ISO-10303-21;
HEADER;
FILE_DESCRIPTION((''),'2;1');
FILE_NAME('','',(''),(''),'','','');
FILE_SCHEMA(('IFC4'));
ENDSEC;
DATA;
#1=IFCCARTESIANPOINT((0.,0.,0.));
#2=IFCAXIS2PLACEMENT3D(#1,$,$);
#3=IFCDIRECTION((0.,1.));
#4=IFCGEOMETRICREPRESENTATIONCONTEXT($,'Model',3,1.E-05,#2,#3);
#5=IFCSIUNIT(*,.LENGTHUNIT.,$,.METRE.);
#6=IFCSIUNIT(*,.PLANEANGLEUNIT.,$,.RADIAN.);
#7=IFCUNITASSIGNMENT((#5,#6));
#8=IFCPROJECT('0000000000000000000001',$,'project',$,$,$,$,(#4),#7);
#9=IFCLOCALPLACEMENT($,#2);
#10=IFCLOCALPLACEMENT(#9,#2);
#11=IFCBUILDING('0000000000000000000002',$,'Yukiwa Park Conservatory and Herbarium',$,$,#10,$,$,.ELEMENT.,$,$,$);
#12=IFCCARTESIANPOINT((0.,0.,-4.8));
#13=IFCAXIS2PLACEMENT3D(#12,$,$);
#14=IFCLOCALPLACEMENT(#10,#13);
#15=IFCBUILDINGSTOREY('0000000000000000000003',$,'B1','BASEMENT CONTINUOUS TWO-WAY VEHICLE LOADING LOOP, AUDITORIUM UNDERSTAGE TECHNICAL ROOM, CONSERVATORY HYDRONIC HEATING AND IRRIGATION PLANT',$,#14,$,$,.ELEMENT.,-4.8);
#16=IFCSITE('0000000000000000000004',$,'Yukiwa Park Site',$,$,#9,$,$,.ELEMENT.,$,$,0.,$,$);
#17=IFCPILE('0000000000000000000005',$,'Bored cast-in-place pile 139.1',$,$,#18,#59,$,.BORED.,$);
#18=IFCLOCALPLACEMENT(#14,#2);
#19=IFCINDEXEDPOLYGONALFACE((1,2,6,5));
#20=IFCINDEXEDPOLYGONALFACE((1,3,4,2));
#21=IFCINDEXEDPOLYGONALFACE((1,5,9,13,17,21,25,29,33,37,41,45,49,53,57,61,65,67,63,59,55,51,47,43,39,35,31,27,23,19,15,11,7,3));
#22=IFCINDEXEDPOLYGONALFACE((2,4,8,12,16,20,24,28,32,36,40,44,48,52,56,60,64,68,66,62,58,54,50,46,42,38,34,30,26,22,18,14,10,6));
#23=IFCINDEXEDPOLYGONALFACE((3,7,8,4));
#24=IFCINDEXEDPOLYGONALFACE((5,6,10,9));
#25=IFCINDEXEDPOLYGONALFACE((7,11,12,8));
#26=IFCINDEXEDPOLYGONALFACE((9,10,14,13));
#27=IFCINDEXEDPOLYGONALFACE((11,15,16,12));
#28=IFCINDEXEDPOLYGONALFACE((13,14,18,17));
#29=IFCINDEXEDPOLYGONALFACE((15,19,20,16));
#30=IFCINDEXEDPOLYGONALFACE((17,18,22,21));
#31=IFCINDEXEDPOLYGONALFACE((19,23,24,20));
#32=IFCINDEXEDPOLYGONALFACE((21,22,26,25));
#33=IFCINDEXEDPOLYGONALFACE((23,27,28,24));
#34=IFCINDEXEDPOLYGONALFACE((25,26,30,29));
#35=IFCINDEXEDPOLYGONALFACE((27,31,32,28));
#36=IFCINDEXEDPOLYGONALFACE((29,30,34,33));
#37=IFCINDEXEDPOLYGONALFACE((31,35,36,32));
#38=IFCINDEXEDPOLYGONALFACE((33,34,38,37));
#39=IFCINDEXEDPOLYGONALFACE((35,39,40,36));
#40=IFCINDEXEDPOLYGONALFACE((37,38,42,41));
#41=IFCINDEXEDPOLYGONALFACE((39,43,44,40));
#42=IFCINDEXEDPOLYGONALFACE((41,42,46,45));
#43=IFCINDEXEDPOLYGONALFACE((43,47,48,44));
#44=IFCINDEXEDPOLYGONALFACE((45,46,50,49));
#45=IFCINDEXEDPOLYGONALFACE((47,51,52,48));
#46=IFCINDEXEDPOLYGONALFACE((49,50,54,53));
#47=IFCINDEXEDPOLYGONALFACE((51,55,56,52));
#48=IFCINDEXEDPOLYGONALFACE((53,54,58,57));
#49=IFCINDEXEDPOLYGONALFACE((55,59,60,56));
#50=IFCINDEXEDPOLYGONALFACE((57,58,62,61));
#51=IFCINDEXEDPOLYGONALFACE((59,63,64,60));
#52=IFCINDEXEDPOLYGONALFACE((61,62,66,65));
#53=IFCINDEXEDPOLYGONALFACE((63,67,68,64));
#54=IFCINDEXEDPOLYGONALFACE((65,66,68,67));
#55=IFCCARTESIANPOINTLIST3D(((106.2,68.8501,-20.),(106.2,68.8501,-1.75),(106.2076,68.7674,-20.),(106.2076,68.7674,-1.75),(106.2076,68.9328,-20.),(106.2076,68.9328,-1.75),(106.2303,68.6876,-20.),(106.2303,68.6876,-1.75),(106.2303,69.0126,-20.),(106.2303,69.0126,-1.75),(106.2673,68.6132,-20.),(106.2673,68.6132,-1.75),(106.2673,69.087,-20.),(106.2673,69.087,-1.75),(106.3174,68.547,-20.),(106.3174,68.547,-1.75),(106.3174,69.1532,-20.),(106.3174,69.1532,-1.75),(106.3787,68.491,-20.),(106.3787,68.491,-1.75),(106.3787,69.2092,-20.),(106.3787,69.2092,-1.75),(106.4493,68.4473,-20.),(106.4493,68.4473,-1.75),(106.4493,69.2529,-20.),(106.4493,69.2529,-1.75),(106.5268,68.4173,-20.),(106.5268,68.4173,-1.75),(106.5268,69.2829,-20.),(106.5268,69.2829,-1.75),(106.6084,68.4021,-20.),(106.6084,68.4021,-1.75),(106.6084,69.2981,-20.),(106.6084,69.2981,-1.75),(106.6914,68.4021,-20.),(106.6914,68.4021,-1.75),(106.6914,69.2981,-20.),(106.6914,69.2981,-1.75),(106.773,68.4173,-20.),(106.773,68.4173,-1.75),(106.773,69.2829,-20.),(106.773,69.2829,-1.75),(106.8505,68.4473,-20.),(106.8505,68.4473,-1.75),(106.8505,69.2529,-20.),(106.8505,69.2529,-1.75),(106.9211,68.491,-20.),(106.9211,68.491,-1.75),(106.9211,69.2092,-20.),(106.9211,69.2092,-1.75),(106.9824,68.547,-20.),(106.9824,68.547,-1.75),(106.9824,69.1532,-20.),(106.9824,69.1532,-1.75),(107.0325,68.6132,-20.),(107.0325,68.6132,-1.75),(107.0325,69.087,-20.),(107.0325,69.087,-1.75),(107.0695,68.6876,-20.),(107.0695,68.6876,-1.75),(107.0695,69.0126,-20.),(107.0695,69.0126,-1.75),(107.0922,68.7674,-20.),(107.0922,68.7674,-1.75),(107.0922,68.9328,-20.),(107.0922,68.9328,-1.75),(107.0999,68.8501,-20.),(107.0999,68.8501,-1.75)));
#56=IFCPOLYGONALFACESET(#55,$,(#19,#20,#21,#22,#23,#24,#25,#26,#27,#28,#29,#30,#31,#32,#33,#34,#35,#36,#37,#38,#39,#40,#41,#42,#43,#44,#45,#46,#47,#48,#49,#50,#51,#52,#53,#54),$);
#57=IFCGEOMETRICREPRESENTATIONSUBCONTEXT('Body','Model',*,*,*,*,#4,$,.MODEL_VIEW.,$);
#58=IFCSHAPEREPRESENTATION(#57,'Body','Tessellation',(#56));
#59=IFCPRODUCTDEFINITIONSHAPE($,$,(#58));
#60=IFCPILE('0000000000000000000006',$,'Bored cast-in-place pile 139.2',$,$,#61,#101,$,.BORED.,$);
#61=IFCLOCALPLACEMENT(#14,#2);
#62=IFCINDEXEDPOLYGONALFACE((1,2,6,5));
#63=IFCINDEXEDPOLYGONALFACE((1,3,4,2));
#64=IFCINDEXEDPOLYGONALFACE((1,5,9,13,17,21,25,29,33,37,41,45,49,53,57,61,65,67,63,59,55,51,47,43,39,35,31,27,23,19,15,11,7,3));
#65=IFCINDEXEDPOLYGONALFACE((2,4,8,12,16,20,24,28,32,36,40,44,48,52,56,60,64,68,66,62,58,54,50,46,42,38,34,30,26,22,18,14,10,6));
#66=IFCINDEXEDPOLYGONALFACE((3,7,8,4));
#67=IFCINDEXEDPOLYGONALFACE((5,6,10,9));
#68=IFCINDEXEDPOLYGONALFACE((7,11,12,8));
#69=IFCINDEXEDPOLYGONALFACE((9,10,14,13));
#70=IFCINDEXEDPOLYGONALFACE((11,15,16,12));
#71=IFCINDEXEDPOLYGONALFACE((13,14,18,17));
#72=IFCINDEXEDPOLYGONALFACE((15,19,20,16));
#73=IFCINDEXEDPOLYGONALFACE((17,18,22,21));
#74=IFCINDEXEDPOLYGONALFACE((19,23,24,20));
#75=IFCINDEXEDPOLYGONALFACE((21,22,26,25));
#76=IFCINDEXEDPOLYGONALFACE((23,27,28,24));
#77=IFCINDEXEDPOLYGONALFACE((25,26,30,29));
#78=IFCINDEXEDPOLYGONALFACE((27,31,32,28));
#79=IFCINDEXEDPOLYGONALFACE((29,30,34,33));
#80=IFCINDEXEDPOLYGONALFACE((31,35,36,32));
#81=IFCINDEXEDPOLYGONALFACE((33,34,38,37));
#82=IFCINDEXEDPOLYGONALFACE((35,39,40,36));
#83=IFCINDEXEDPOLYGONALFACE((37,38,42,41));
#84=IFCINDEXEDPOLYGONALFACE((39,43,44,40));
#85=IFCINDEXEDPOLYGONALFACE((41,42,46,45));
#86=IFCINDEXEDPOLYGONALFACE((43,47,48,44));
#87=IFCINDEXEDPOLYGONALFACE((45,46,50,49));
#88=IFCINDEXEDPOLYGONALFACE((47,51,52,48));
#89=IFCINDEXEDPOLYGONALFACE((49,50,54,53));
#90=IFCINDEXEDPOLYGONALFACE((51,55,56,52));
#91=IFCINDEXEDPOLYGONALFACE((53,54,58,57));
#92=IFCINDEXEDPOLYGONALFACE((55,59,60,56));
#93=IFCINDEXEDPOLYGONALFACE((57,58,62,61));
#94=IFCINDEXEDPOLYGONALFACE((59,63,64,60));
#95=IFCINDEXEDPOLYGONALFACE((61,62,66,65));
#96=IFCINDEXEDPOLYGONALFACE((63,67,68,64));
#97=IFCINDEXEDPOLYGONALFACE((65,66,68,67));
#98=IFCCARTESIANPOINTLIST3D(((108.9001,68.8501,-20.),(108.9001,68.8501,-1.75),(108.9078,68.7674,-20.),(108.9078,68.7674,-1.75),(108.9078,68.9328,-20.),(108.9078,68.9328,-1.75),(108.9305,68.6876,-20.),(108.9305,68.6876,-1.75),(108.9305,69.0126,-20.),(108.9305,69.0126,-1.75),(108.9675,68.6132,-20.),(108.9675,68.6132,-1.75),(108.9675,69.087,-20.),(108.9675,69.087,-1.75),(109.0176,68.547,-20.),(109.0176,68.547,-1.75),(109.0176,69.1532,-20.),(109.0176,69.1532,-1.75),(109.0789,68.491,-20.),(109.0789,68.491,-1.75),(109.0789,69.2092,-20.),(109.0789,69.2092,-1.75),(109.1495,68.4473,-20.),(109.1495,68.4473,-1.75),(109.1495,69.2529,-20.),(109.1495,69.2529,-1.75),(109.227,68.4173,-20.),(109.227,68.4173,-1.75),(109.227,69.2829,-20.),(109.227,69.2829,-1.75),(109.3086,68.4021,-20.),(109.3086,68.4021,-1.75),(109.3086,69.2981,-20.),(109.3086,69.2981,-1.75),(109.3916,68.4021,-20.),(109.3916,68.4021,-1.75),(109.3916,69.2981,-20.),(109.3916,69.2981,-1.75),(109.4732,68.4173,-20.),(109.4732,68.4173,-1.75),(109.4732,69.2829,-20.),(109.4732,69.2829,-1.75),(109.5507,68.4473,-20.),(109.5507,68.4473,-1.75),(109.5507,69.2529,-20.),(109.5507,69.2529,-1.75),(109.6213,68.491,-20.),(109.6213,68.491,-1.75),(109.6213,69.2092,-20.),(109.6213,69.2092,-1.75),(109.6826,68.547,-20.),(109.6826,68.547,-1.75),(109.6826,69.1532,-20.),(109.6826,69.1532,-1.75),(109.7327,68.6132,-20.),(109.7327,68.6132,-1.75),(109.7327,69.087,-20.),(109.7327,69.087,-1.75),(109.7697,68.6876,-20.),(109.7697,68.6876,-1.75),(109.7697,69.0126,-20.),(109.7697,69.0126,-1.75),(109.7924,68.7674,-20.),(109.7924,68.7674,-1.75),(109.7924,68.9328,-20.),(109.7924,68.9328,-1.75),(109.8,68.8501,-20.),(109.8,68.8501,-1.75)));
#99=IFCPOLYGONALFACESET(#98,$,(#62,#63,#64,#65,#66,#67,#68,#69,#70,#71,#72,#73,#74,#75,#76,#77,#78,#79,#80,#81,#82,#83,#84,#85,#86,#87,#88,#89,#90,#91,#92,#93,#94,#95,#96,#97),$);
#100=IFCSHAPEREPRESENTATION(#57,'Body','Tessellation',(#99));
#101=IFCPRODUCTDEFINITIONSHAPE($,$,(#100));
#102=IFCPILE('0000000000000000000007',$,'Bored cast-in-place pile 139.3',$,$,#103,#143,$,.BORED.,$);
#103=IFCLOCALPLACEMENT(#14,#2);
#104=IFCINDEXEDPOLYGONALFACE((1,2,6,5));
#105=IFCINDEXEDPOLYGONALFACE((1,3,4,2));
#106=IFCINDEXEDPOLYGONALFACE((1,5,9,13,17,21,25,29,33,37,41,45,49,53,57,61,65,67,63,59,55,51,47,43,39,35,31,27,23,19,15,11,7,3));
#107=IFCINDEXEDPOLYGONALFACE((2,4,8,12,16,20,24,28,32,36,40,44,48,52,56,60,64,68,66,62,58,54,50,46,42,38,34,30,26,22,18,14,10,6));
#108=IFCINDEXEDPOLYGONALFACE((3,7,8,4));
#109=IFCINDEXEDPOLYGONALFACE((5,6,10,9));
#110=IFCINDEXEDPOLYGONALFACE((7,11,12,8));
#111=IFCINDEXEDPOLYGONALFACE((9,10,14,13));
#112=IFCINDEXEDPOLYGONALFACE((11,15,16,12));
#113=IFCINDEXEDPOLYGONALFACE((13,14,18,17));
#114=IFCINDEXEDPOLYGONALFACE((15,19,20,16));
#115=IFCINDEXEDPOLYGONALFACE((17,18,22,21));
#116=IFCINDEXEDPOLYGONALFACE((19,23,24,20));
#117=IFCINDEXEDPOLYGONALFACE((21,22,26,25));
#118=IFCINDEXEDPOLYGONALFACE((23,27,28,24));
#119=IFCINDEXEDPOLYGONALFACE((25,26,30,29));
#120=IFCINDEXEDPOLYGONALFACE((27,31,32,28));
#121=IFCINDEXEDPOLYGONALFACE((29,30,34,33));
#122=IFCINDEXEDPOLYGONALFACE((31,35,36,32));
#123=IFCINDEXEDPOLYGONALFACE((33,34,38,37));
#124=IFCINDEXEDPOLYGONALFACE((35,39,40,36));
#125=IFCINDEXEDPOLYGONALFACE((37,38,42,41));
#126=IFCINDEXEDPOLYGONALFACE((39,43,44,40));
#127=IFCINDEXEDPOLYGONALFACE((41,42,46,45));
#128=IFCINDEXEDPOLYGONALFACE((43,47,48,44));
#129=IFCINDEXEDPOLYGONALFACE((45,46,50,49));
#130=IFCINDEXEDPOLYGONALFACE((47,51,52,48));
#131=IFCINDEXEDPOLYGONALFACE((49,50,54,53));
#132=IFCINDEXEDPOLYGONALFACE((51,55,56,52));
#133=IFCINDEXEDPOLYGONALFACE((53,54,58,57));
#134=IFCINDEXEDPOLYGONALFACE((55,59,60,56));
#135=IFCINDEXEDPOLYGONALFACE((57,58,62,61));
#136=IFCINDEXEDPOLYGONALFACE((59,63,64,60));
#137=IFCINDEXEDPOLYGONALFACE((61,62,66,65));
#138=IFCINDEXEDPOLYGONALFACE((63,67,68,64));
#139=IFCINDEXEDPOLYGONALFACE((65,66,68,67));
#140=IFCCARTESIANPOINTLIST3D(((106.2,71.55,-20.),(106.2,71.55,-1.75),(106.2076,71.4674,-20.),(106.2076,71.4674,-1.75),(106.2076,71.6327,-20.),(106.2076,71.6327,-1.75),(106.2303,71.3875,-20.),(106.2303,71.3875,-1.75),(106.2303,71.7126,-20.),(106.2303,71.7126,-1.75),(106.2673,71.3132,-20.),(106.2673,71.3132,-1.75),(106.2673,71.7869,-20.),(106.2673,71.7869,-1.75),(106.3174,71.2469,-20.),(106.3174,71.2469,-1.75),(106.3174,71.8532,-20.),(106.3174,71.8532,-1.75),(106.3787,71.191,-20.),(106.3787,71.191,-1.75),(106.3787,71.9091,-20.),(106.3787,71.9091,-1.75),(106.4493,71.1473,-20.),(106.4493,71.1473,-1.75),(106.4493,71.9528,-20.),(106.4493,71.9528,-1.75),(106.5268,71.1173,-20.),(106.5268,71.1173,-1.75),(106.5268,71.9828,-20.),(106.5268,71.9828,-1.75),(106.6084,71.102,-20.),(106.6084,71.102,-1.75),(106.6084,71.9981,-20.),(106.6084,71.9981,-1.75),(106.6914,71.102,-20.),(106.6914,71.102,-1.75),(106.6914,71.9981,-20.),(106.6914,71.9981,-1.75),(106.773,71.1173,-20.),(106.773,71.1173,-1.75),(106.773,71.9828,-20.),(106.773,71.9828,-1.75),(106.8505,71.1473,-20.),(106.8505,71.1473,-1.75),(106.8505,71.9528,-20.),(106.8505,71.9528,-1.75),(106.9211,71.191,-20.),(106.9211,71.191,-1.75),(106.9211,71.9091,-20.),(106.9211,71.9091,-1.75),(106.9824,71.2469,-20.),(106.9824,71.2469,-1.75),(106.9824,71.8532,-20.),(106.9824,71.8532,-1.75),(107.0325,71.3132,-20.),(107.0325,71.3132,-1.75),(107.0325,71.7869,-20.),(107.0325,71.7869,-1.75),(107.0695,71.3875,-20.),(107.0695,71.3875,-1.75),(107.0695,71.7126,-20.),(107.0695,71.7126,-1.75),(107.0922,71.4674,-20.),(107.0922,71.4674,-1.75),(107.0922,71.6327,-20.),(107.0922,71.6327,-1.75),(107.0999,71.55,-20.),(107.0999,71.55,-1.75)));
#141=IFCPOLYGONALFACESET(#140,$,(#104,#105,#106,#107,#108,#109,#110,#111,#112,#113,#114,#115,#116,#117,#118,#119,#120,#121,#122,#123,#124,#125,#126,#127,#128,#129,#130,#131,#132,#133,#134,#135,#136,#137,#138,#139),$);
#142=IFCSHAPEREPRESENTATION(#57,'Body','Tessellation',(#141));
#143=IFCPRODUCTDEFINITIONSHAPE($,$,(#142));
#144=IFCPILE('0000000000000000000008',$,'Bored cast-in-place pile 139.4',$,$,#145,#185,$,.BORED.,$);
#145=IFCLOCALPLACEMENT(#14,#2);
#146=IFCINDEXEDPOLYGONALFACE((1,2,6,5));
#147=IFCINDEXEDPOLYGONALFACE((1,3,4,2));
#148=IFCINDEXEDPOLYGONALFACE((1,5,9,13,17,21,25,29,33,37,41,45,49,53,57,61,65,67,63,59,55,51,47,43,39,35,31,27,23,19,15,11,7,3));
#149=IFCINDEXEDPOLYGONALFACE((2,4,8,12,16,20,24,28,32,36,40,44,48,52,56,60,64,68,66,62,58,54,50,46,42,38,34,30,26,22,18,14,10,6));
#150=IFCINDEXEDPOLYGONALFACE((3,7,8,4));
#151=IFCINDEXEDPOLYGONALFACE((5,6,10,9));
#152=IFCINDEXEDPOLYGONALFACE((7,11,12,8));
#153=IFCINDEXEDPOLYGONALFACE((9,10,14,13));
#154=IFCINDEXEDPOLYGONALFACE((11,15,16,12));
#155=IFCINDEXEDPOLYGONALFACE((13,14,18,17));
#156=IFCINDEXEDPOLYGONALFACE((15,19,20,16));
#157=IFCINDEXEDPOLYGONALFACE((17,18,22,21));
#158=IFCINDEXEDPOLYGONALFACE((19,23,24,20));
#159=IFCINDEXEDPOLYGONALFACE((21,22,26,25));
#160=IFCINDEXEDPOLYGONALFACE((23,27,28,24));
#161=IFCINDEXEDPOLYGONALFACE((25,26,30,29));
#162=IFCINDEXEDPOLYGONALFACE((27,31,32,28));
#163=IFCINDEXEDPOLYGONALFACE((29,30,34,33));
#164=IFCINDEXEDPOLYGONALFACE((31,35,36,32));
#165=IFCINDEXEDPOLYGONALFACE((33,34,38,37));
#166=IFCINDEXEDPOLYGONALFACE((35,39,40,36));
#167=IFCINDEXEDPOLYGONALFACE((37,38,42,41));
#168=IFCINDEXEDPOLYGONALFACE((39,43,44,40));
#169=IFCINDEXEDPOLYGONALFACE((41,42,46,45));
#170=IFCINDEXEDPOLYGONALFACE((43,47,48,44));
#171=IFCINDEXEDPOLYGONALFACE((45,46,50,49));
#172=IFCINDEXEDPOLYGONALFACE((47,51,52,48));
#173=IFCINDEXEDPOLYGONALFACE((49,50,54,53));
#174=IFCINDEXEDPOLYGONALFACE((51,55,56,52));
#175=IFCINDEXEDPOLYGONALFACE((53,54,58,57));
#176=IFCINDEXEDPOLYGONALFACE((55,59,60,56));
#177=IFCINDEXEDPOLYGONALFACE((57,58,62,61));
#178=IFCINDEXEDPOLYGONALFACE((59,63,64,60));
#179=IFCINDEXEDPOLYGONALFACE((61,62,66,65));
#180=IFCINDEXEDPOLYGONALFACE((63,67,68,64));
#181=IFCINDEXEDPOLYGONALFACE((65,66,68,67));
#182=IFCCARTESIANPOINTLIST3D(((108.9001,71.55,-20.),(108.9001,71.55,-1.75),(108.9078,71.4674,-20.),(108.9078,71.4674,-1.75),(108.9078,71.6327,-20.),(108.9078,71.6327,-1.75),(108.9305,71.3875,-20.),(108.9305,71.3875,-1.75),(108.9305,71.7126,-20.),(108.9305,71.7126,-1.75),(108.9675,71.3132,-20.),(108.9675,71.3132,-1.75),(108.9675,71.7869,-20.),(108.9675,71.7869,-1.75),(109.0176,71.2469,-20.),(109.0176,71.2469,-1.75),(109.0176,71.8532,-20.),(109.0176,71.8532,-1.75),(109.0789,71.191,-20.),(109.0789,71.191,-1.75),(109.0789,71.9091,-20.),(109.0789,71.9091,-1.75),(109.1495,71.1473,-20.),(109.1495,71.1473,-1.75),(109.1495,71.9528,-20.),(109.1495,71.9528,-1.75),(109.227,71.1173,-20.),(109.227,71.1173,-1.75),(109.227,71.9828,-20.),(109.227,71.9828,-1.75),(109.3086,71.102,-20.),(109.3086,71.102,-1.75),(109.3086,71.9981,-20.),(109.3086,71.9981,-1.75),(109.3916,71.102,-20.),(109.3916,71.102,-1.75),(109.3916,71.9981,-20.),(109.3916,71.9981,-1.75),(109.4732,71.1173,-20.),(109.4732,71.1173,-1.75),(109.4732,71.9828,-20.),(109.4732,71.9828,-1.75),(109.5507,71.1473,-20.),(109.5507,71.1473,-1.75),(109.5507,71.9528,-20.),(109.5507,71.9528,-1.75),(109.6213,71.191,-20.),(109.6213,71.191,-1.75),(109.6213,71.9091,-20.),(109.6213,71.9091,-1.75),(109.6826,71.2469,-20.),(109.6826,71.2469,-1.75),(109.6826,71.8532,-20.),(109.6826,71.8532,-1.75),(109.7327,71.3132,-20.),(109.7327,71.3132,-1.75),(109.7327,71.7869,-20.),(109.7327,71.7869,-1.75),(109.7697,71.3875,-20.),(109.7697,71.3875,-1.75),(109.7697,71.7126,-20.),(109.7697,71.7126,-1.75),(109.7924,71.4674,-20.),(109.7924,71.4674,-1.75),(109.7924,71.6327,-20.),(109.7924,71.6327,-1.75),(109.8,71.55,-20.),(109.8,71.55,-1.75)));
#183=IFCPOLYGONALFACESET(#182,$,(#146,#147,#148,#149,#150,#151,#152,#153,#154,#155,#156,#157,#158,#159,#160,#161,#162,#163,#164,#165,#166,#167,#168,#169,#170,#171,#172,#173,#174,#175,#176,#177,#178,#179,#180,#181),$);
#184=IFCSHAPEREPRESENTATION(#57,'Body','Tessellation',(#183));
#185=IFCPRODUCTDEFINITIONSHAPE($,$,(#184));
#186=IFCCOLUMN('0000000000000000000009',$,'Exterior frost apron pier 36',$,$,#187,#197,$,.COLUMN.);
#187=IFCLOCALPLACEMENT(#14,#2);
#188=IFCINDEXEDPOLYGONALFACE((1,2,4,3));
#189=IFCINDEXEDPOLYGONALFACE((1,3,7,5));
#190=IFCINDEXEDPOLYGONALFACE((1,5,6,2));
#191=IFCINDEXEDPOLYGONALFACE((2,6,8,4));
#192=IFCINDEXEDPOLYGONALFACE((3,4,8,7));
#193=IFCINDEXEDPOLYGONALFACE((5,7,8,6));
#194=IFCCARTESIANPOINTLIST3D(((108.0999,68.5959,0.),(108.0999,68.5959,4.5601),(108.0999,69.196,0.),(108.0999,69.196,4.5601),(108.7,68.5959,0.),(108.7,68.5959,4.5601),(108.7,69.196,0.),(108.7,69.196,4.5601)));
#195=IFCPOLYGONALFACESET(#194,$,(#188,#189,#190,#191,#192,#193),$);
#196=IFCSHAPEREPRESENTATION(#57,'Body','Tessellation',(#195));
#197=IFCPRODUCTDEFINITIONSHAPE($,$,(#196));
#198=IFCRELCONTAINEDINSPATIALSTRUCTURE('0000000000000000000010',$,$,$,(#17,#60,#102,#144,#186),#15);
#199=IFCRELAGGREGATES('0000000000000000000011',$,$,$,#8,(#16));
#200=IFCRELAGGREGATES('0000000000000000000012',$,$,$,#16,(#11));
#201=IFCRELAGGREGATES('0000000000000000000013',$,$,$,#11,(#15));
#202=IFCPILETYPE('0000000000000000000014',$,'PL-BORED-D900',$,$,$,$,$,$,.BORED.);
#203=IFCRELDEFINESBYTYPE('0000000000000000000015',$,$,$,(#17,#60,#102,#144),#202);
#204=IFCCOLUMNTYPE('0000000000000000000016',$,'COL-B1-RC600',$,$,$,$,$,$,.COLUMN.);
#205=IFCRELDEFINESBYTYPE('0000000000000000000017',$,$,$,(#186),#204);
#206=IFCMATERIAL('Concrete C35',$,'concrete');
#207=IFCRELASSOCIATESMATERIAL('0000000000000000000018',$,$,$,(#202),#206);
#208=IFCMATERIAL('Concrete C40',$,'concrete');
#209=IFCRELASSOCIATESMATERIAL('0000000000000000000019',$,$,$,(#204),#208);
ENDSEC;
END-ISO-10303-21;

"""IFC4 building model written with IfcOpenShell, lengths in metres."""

from ifc_helpers import new_model, si_unit, direction, frame, origin, origin_2d, place, context, subcontext, project, spatial, rectangle, circle, extrude, material, material_profile, profile_set, type_object, element, save


model = new_model("IFC4")

# Units and contexts
model_context = context("Model", 3, precision=1e-05, world=origin(), true_north=direction((0.0, 1.0)))
body_context = subcontext(model_context, "Body", "Model", "MODEL_VIEW")
ifc_project = project(units=[si_unit("LENGTHUNIT", "METRE"), si_unit("PLANEANGLEUNIT", "RADIAN")], contexts=[model_context])

# Site, building, storey
site_placement = place(None, origin())
site = spatial("IfcSite", under=ifc_project, at=site_placement, Name="Yukiwa Park Site", CompositionType="ELEMENT", RefElevation=0.0)
building_placement = place(site_placement, origin())
building = spatial("IfcBuilding", under=site, at=building_placement, Name="Yukiwa Park Conservatory and Herbarium", CompositionType="ELEMENT")
storey_placement = place(building_placement, frame((0.0, 0.0, -4.8)))
storey = spatial("IfcBuildingStorey", under=building, at=storey_placement, Name="B1", Description="BASEMENT CONTINUOUS TWO-WAY VEHICLE LOADING LOOP, AUDITORIUM UNDERSTAGE TECHNICAL ROOM, CONSERVATORY HYDRONIC HEATING AND IRRIGATION PLANT", CompositionType="ELEMENT", Elevation=-4.8)

# Piles
ifc_material_1 = material(Name="Concrete C35", Category="concrete")
ifc_material_profile_1 = material_profile(ifc_material_1, circle(Radius=0.45, at=origin_2d()), Name="PILE D900")
ifc_profile_set_1 = profile_set([ifc_material_profile_1], Name="Concrete C35")
pile_type_1 = type_object("IfcPileType", Name="PL-BORED-D900", PredefinedType="BORED", material=ifc_profile_set_1)
for number, where, z_axis, x_axis, name in (
    (1, (106.6499, 68.8501, -1.75), (0.0, 0.0, -1.0), (1.0, 0.0, 0.0), "Bored cast-in-place pile 139.1"),
    (2, (109.3501, 68.8501, -1.75), (0.0, 0.0, -1.0), (1.0, 0.0, 0.0), "Bored cast-in-place pile 139.2"),
    (3, (106.6499, 71.55, -1.75), (0.0, 0.0, -1.0), (1.0, 0.0, 0.0), "Bored cast-in-place pile 139.3"),
    (4, (109.3501, 71.55, -1.75), (0.0, 0.0, -1.0), (1.0, 0.0, 0.0), "Bored cast-in-place pile 139.4"),
):
    element("IfcPile", number, at=place(storey_placement, frame(where, z_axis=z_axis, x_axis=x_axis)), inside=storey, type_object=pile_type_1, Name=name, PredefinedType="BORED", context=body_context, shape_type="SweptSolid", body=[
        extrude(circle(Radius=0.45, at=origin_2d()), origin(), (0.0, 0.0, 1.0), 18.25),
    ])

# Column
ifc_material_2 = material(Name="Concrete C40", Category="concrete")
ifc_material_profile_2 = material_profile(ifc_material_2, rectangle(XDim=0.6001, YDim=0.6001, at=origin_2d()), Name="RC 600x600")
ifc_profile_set_2 = profile_set([ifc_material_profile_2], Name="Concrete C40")
column_type_1 = type_object("IfcColumnType", Name="COL-B1-RC600", PredefinedType="COLUMN", material=ifc_profile_set_2)
column_placement = place(storey_placement, frame((108.3999, 68.896, 0.0), z_axis=(0.0, 0.0, 1.0), x_axis=(1.0, 0.0, 0.0)))
element("IfcColumn", 5, at=column_placement, inside=storey, type_object=column_type_1, Name="Exterior frost apron pier 36", PredefinedType="COLUMN", context=body_context, shape_type="SweptSolid", body=[
    extrude(rectangle(XDim=0.6001, YDim=0.6001, at=origin_2d()), origin(), (0.0, 0.0, 1.0), 4.5601),
])

save(model, "model.ifc")
